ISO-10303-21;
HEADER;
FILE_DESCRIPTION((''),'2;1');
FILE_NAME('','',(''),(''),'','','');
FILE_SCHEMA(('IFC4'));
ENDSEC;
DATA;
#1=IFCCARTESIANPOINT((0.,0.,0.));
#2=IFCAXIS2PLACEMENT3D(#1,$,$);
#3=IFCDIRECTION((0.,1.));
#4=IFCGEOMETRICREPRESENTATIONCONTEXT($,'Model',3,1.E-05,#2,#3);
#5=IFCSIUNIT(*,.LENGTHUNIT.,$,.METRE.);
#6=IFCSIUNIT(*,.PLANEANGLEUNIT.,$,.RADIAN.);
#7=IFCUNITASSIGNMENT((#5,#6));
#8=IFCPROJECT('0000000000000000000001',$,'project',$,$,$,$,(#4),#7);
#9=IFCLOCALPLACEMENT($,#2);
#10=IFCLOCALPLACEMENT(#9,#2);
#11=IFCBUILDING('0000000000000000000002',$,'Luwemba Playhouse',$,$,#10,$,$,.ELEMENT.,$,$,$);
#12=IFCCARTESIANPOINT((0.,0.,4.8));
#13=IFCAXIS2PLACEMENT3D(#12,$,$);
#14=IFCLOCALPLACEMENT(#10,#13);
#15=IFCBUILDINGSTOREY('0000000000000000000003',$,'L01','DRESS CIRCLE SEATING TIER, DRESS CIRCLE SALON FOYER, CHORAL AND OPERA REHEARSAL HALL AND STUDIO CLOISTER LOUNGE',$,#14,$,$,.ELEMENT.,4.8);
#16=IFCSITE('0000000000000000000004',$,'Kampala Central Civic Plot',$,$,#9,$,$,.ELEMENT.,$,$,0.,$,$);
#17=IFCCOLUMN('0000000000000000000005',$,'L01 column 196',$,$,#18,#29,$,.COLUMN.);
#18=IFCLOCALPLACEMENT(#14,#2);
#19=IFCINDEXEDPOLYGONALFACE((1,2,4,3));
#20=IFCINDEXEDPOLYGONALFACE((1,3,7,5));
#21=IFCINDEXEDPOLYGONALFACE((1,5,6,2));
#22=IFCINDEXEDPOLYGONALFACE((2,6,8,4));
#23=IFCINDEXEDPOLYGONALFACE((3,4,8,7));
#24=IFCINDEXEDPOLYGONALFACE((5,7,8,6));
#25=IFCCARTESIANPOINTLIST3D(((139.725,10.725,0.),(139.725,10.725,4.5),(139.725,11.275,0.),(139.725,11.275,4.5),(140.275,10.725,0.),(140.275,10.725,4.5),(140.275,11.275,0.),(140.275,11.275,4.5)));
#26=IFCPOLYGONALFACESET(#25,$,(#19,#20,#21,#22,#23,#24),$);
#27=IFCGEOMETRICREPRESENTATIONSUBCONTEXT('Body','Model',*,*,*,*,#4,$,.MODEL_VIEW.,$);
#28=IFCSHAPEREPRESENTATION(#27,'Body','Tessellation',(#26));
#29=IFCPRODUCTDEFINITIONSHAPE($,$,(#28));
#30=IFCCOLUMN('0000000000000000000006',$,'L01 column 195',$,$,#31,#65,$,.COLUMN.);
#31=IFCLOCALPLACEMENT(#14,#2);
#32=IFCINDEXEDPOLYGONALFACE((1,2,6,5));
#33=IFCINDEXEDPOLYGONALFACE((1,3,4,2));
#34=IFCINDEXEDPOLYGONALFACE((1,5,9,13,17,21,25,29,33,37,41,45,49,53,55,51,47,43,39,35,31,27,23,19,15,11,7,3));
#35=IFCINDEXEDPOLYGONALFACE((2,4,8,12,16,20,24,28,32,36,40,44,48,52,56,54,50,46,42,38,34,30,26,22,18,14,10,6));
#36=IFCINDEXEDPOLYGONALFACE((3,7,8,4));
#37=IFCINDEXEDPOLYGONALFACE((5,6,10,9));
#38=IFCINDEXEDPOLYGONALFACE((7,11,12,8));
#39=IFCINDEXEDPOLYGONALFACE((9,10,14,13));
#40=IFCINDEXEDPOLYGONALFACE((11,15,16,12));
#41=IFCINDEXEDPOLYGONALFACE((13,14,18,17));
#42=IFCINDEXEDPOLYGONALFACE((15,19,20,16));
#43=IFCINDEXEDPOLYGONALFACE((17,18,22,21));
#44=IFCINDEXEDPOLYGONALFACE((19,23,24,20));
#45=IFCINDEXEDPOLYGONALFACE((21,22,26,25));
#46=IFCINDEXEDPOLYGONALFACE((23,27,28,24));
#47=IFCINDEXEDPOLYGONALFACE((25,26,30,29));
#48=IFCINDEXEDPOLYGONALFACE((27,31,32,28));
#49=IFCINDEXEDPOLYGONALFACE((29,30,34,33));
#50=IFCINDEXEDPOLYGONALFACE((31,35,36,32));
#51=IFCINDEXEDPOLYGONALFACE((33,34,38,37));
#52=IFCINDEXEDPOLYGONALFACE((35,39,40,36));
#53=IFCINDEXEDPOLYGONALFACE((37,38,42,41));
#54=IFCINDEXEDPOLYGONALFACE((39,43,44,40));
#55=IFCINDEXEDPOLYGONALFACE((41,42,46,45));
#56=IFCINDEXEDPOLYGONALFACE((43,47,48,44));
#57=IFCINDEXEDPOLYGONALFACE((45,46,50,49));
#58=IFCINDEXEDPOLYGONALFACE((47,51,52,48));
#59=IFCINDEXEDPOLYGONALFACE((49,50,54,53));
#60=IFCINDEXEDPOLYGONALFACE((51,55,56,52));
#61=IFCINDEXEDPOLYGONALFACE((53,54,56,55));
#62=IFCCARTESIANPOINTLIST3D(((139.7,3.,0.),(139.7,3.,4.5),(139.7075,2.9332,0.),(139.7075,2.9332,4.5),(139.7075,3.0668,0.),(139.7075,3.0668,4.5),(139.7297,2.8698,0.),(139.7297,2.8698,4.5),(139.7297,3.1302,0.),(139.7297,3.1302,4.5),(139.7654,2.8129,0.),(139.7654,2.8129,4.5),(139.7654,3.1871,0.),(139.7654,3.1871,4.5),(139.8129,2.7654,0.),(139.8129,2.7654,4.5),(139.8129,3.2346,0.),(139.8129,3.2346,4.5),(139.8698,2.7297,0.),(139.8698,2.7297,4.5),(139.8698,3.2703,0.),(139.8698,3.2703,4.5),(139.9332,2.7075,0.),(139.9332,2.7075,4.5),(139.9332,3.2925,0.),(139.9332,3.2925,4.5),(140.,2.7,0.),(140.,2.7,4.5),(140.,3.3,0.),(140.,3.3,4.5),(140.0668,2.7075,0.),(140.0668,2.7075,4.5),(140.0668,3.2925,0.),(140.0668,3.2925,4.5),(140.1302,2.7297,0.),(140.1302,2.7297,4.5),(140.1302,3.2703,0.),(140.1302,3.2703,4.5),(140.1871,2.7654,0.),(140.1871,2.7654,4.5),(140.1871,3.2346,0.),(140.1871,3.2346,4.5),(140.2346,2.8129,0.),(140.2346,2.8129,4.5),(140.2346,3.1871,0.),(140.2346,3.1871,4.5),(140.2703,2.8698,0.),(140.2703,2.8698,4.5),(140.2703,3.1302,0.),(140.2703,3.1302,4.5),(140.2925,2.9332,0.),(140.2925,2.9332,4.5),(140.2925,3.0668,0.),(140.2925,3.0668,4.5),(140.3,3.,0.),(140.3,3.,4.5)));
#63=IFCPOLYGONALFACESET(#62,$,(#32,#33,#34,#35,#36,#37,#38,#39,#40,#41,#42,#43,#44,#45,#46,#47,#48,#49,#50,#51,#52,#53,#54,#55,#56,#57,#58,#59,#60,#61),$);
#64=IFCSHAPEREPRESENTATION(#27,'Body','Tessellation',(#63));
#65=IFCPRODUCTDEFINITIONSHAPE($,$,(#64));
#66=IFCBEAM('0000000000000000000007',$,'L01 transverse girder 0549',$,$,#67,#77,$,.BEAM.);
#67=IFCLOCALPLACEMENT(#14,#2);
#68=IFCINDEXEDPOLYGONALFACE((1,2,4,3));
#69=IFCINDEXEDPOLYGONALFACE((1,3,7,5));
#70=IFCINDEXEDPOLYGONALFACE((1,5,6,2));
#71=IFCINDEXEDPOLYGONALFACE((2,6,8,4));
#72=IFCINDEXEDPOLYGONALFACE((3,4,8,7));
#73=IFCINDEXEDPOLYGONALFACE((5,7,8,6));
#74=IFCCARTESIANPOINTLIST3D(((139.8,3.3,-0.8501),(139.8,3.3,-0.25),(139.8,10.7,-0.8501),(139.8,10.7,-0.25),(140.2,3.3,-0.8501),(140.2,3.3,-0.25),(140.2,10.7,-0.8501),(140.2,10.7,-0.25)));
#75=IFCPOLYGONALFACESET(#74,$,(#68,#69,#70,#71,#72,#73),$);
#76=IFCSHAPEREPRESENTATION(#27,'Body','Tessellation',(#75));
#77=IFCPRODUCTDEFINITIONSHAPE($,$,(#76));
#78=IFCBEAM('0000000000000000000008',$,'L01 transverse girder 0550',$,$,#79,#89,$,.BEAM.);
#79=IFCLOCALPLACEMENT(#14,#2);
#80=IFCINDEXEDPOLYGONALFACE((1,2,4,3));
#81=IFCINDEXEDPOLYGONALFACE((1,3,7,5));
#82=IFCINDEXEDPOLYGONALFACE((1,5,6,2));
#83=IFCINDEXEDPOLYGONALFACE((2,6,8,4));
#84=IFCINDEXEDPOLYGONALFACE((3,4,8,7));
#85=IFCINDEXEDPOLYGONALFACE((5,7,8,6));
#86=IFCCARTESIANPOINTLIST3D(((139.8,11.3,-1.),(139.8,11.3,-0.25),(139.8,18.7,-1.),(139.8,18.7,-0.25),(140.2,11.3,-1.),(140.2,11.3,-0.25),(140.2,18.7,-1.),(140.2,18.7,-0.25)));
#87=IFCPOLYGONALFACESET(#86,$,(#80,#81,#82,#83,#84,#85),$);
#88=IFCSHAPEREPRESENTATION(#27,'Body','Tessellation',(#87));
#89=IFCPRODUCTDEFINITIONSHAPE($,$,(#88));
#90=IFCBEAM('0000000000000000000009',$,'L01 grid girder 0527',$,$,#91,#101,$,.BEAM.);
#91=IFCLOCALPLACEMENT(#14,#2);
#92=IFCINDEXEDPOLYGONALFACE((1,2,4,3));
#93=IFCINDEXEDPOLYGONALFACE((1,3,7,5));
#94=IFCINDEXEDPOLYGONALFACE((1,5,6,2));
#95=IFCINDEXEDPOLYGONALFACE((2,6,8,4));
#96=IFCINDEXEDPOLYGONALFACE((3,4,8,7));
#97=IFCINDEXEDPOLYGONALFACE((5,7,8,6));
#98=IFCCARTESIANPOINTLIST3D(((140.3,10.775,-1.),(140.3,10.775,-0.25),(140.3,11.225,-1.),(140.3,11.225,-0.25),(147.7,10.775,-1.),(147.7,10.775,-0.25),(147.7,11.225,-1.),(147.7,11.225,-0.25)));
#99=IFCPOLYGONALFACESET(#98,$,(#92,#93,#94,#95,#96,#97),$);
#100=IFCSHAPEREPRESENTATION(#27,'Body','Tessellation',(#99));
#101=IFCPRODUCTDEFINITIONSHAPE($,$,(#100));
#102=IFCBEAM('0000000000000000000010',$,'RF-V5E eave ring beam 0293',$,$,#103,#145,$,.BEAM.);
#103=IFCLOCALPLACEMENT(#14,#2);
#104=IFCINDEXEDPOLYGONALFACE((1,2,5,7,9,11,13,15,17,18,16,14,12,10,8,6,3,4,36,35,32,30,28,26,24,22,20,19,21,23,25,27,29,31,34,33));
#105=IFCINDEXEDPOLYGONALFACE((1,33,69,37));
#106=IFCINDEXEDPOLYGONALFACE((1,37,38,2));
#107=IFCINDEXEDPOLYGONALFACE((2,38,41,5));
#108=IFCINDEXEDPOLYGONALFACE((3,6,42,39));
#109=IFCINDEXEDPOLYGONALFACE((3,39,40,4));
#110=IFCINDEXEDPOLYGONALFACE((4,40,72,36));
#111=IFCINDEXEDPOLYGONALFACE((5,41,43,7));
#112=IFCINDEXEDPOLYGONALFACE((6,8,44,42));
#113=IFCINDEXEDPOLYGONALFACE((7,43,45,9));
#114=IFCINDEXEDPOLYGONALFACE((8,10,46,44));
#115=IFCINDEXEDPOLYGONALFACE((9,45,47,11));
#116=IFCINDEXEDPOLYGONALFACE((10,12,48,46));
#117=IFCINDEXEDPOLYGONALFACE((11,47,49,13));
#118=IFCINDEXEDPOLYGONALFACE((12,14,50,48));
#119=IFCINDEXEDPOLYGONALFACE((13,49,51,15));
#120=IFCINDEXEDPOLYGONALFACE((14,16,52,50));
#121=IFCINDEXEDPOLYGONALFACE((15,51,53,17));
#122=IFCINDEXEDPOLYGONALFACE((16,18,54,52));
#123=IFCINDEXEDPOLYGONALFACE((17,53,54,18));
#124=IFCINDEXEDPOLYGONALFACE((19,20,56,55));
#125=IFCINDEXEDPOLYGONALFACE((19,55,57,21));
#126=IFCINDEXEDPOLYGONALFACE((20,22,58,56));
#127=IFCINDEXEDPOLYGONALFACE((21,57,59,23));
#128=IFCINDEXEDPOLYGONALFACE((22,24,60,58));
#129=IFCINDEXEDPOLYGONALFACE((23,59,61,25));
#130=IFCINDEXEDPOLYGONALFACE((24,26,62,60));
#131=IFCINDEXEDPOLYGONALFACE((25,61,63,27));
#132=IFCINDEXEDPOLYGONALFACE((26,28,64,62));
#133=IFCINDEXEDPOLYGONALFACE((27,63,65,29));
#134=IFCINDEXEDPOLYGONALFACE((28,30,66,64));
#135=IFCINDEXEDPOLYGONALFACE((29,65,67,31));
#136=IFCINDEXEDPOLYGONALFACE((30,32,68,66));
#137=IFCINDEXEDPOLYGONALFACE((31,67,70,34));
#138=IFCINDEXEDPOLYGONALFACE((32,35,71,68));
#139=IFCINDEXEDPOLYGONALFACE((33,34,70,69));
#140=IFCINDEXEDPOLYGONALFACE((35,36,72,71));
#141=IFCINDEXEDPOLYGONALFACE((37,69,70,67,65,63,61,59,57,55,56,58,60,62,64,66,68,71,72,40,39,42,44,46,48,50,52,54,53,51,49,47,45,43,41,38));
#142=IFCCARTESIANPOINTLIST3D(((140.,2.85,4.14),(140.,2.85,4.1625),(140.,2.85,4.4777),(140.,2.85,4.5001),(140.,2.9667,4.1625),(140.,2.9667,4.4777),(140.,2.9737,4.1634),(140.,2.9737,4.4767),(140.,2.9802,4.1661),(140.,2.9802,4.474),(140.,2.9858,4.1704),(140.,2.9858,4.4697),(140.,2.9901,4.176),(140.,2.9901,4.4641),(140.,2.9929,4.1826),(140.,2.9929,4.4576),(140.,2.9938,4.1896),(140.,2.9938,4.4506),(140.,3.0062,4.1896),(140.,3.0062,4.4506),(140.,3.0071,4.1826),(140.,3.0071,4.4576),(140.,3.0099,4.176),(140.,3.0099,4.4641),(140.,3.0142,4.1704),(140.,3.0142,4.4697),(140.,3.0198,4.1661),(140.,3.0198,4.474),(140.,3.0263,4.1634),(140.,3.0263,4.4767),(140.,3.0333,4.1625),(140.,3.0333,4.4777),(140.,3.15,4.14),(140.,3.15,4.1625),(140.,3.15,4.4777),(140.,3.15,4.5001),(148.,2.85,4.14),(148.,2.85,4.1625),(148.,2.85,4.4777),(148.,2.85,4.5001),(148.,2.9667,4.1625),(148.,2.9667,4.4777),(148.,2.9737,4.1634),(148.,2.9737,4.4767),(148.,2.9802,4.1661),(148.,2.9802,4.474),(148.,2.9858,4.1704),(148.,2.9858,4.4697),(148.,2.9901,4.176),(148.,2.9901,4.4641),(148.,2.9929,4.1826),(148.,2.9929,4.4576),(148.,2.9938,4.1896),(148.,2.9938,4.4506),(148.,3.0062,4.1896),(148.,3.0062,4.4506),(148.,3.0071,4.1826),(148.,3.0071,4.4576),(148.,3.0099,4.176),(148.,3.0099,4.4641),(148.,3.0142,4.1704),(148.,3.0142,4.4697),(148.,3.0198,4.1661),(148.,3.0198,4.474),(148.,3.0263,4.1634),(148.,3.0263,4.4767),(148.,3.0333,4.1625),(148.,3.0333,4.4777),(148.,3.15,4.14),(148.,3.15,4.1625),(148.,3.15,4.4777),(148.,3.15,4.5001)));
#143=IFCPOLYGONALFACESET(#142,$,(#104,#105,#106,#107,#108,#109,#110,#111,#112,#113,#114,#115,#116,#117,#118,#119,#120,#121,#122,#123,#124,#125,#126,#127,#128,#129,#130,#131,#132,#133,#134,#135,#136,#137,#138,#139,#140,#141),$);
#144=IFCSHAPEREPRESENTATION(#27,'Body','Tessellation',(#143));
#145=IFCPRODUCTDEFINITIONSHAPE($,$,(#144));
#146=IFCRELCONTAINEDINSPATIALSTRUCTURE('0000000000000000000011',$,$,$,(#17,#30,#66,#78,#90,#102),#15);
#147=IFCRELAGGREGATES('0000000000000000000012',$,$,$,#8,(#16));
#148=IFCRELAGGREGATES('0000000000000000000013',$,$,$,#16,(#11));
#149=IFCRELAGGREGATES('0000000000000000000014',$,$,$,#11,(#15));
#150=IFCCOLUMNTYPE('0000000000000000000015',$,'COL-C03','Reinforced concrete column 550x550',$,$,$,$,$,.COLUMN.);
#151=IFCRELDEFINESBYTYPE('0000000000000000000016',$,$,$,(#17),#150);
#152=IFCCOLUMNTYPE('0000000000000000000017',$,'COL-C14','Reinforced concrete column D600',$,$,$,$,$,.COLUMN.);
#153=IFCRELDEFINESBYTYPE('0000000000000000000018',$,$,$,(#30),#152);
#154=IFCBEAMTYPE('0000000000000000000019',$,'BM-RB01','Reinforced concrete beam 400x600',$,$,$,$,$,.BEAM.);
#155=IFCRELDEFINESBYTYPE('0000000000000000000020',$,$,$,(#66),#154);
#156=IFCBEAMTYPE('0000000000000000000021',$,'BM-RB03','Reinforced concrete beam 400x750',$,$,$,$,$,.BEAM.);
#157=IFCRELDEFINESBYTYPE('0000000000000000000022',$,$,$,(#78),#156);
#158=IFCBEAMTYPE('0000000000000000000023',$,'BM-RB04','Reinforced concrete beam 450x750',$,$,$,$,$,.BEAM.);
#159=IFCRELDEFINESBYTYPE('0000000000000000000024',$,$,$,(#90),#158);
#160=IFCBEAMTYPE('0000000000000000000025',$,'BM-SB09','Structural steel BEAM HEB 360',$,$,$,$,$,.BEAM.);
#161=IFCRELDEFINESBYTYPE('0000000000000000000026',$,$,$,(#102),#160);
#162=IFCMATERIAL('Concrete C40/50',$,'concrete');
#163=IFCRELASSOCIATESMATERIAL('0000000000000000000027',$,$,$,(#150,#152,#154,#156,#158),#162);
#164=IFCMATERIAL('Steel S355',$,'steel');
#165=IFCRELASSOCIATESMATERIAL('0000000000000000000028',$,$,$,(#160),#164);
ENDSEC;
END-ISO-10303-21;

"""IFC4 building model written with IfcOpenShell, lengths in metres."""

from ifc_helpers import new_model, si_unit, direction, frame, origin, origin_2d, place, context, subcontext, project, spatial, rectangle, circle, i_section, extrude, material, material_profile, profile_set, type_object, element, save


model = new_model("IFC4")

# Units and contexts
model_context = context("Model", 3, precision=1e-05, world=origin(), true_north=direction((0.0, 1.0)))
body_context = subcontext(model_context, "Body", "Model", "MODEL_VIEW")
ifc_project = project(units=[si_unit("LENGTHUNIT", "METRE"), si_unit("PLANEANGLEUNIT", "RADIAN")], contexts=[model_context])

# Site, building, storey
site_placement = place(None, origin())
site = spatial("IfcSite", under=ifc_project, at=site_placement, Name="Kampala Central Civic Plot", CompositionType="ELEMENT", RefElevation=0.0)
building_placement = place(site_placement, origin())
building = spatial("IfcBuilding", under=site, at=building_placement, Name="Luwemba Playhouse", CompositionType="ELEMENT")
storey_placement = place(building_placement, frame((0.0, 0.0, 4.8)))
storey = spatial("IfcBuildingStorey", under=building, at=storey_placement, Name="L01", Description="DRESS CIRCLE SEATING TIER, DRESS CIRCLE SALON FOYER, CHORAL AND OPERA REHEARSAL HALL AND STUDIO CLOISTER LOUNGE", CompositionType="ELEMENT", Elevation=4.8)

# Columns
ifc_material_1 = material(Name="Concrete C40/50", Category="concrete")
ifc_material_profile_1 = material_profile(ifc_material_1, rectangle(XDim=0.55, YDim=0.55, at=origin_2d()))
ifc_profile_set_1 = profile_set([ifc_material_profile_1], Name="Concrete C40/50")
column_type_1 = type_object("IfcColumnType", Name="COL-C03", Description="Reinforced concrete column 550x550", PredefinedType="COLUMN", material=ifc_profile_set_1)
column_1_placement = place(storey_placement, frame((140.0, 11.0, 0.0), z_axis=(0.0, 0.0, 1.0), x_axis=(1.0, 0.0, 0.0)))
element("IfcColumn", 1, at=column_1_placement, inside=storey, type_object=column_type_1, Name="L01 column 196", PredefinedType="COLUMN", context=body_context, shape_type="SweptSolid", body=[
    extrude(rectangle(XDim=0.55, YDim=0.55, at=origin_2d()), origin(), (0.0, 0.0, 1.0), 4.5),
])
ifc_material_profile_2 = material_profile(ifc_material_1, circle(Radius=0.3, at=origin_2d()))
ifc_profile_set_2 = profile_set([ifc_material_profile_2], Name="Concrete C40/50")
column_type_2 = type_object("IfcColumnType", Name="COL-C14", Description="Reinforced concrete column D600", PredefinedType="COLUMN", material=ifc_profile_set_2)
column_2_placement = place(storey_placement, frame((140.0, 3.0, 0.0), z_axis=(0.0, 0.0, 1.0), x_axis=(1.0, 0.0, 0.0)))
element("IfcColumn", 2, at=column_2_placement, inside=storey, type_object=column_type_2, Name="L01 column 195", PredefinedType="COLUMN", context=body_context, shape_type="SweptSolid", body=[
    extrude(circle(Radius=0.3, at=origin_2d()), origin(), (0.0, 0.0, 1.0), 4.5),
])

# Beams
ifc_material_profile_3 = material_profile(ifc_material_1, rectangle(XDim=0.3999, YDim=0.6001, at=origin_2d()))
ifc_profile_set_3 = profile_set([ifc_material_profile_3], Name="Concrete C40/50")
beam_type_1 = type_object("IfcBeamType", Name="BM-RB01", Description="Reinforced concrete beam 400x600", PredefinedType="BEAM", material=ifc_profile_set_3)
beam_1_placement = place(storey_placement, frame((140.0, 3.3, -0.55), z_axis=(0.0, 1.0, 0.0), x_axis=(-1.0, 0.0, 0.0)))
element("IfcBeam", 3, at=beam_1_placement, inside=storey, type_object=beam_type_1, Name="L01 transverse girder 0549", PredefinedType="BEAM", context=body_context, shape_type="SweptSolid", body=[
    extrude(rectangle(XDim=0.3999, YDim=0.6001, at=origin_2d()), origin(), (0.0, 0.0, 1.0), 7.3999),
])
ifc_material_profile_4 = material_profile(ifc_material_1, rectangle(XDim=0.3999, YDim=0.75, at=origin_2d()))
ifc_profile_set_4 = profile_set([ifc_material_profile_4], Name="Concrete C40/50")
beam_type_2 = type_object("IfcBeamType", Name="BM-RB03", Description="Reinforced concrete beam 400x750", PredefinedType="BEAM", material=ifc_profile_set_4)
beam_2_placement = place(storey_placement, frame((140.0, 11.3, -0.625), z_axis=(0.0, 1.0, 0.0), x_axis=(-1.0, 0.0, 0.0)))
element("IfcBeam", 4, at=beam_2_placement, inside=storey, type_object=beam_type_2, Name="L01 transverse girder 0550", PredefinedType="BEAM", context=body_context, shape_type="SweptSolid", body=[
    extrude(rectangle(XDim=0.3999, YDim=0.75, at=origin_2d()), origin(), (0.0, 0.0, 1.0), 7.3999),
])
ifc_material_profile_5 = material_profile(ifc_material_1, rectangle(XDim=0.45, YDim=0.75, at=origin_2d()))
ifc_profile_set_5 = profile_set([ifc_material_profile_5], Name="Concrete C40/50")
beam_type_3 = type_object("IfcBeamType", Name="BM-RB04", Description="Reinforced concrete beam 450x750", PredefinedType="BEAM", material=ifc_profile_set_5)
beam_3_placement = place(storey_placement, frame((140.3, 11.0, -0.625), z_axis=(1.0, 0.0, 0.0), x_axis=(0.0, 1.0, 0.0)))
element("IfcBeam", 5, at=beam_3_placement, inside=storey, type_object=beam_type_3, Name="L01 grid girder 0527", PredefinedType="BEAM", context=body_context, shape_type="SweptSolid", body=[
    extrude(rectangle(XDim=0.45, YDim=0.75, at=origin_2d()), origin(), (0.0, 0.0, 1.0), 7.3999),
])
ifc_material_2 = material(Name="Steel S355", Category="steel")
ifc_material_profile_6 = material_profile(ifc_material_2, i_section(OverallWidth=0.3, OverallDepth=0.3601, WebThickness=0.0125, FlangeThickness=0.0225, FilletRadius=0.0271, at=origin_2d()))
ifc_profile_set_6 = profile_set([ifc_material_profile_6], Name="Steel S355")
beam_type_4 = type_object("IfcBeamType", Name="BM-SB09", Description="Structural steel BEAM HEB 360", PredefinedType="BEAM", material=ifc_profile_set_6)
beam_4_placement = place(storey_placement, frame((140.0, 3.0, 4.3201), z_axis=(1.0, 0.0, 0.0), x_axis=(0.0, 1.0, 0.0)))
element("IfcBeam", 6, at=beam_4_placement, inside=storey, type_object=beam_type_4, Name="RF-V5E eave ring beam 0293", PredefinedType="BEAM", context=body_context, shape_type="SweptSolid", body=[
    extrude(i_section(OverallWidth=0.3, OverallDepth=0.3601, WebThickness=0.0125, FlangeThickness=0.0225, FilletRadius=0.0271, at=origin_2d()), origin(), (0.0, 0.0, 1.0), 8.0),
])

save(model, "model.ifc")
